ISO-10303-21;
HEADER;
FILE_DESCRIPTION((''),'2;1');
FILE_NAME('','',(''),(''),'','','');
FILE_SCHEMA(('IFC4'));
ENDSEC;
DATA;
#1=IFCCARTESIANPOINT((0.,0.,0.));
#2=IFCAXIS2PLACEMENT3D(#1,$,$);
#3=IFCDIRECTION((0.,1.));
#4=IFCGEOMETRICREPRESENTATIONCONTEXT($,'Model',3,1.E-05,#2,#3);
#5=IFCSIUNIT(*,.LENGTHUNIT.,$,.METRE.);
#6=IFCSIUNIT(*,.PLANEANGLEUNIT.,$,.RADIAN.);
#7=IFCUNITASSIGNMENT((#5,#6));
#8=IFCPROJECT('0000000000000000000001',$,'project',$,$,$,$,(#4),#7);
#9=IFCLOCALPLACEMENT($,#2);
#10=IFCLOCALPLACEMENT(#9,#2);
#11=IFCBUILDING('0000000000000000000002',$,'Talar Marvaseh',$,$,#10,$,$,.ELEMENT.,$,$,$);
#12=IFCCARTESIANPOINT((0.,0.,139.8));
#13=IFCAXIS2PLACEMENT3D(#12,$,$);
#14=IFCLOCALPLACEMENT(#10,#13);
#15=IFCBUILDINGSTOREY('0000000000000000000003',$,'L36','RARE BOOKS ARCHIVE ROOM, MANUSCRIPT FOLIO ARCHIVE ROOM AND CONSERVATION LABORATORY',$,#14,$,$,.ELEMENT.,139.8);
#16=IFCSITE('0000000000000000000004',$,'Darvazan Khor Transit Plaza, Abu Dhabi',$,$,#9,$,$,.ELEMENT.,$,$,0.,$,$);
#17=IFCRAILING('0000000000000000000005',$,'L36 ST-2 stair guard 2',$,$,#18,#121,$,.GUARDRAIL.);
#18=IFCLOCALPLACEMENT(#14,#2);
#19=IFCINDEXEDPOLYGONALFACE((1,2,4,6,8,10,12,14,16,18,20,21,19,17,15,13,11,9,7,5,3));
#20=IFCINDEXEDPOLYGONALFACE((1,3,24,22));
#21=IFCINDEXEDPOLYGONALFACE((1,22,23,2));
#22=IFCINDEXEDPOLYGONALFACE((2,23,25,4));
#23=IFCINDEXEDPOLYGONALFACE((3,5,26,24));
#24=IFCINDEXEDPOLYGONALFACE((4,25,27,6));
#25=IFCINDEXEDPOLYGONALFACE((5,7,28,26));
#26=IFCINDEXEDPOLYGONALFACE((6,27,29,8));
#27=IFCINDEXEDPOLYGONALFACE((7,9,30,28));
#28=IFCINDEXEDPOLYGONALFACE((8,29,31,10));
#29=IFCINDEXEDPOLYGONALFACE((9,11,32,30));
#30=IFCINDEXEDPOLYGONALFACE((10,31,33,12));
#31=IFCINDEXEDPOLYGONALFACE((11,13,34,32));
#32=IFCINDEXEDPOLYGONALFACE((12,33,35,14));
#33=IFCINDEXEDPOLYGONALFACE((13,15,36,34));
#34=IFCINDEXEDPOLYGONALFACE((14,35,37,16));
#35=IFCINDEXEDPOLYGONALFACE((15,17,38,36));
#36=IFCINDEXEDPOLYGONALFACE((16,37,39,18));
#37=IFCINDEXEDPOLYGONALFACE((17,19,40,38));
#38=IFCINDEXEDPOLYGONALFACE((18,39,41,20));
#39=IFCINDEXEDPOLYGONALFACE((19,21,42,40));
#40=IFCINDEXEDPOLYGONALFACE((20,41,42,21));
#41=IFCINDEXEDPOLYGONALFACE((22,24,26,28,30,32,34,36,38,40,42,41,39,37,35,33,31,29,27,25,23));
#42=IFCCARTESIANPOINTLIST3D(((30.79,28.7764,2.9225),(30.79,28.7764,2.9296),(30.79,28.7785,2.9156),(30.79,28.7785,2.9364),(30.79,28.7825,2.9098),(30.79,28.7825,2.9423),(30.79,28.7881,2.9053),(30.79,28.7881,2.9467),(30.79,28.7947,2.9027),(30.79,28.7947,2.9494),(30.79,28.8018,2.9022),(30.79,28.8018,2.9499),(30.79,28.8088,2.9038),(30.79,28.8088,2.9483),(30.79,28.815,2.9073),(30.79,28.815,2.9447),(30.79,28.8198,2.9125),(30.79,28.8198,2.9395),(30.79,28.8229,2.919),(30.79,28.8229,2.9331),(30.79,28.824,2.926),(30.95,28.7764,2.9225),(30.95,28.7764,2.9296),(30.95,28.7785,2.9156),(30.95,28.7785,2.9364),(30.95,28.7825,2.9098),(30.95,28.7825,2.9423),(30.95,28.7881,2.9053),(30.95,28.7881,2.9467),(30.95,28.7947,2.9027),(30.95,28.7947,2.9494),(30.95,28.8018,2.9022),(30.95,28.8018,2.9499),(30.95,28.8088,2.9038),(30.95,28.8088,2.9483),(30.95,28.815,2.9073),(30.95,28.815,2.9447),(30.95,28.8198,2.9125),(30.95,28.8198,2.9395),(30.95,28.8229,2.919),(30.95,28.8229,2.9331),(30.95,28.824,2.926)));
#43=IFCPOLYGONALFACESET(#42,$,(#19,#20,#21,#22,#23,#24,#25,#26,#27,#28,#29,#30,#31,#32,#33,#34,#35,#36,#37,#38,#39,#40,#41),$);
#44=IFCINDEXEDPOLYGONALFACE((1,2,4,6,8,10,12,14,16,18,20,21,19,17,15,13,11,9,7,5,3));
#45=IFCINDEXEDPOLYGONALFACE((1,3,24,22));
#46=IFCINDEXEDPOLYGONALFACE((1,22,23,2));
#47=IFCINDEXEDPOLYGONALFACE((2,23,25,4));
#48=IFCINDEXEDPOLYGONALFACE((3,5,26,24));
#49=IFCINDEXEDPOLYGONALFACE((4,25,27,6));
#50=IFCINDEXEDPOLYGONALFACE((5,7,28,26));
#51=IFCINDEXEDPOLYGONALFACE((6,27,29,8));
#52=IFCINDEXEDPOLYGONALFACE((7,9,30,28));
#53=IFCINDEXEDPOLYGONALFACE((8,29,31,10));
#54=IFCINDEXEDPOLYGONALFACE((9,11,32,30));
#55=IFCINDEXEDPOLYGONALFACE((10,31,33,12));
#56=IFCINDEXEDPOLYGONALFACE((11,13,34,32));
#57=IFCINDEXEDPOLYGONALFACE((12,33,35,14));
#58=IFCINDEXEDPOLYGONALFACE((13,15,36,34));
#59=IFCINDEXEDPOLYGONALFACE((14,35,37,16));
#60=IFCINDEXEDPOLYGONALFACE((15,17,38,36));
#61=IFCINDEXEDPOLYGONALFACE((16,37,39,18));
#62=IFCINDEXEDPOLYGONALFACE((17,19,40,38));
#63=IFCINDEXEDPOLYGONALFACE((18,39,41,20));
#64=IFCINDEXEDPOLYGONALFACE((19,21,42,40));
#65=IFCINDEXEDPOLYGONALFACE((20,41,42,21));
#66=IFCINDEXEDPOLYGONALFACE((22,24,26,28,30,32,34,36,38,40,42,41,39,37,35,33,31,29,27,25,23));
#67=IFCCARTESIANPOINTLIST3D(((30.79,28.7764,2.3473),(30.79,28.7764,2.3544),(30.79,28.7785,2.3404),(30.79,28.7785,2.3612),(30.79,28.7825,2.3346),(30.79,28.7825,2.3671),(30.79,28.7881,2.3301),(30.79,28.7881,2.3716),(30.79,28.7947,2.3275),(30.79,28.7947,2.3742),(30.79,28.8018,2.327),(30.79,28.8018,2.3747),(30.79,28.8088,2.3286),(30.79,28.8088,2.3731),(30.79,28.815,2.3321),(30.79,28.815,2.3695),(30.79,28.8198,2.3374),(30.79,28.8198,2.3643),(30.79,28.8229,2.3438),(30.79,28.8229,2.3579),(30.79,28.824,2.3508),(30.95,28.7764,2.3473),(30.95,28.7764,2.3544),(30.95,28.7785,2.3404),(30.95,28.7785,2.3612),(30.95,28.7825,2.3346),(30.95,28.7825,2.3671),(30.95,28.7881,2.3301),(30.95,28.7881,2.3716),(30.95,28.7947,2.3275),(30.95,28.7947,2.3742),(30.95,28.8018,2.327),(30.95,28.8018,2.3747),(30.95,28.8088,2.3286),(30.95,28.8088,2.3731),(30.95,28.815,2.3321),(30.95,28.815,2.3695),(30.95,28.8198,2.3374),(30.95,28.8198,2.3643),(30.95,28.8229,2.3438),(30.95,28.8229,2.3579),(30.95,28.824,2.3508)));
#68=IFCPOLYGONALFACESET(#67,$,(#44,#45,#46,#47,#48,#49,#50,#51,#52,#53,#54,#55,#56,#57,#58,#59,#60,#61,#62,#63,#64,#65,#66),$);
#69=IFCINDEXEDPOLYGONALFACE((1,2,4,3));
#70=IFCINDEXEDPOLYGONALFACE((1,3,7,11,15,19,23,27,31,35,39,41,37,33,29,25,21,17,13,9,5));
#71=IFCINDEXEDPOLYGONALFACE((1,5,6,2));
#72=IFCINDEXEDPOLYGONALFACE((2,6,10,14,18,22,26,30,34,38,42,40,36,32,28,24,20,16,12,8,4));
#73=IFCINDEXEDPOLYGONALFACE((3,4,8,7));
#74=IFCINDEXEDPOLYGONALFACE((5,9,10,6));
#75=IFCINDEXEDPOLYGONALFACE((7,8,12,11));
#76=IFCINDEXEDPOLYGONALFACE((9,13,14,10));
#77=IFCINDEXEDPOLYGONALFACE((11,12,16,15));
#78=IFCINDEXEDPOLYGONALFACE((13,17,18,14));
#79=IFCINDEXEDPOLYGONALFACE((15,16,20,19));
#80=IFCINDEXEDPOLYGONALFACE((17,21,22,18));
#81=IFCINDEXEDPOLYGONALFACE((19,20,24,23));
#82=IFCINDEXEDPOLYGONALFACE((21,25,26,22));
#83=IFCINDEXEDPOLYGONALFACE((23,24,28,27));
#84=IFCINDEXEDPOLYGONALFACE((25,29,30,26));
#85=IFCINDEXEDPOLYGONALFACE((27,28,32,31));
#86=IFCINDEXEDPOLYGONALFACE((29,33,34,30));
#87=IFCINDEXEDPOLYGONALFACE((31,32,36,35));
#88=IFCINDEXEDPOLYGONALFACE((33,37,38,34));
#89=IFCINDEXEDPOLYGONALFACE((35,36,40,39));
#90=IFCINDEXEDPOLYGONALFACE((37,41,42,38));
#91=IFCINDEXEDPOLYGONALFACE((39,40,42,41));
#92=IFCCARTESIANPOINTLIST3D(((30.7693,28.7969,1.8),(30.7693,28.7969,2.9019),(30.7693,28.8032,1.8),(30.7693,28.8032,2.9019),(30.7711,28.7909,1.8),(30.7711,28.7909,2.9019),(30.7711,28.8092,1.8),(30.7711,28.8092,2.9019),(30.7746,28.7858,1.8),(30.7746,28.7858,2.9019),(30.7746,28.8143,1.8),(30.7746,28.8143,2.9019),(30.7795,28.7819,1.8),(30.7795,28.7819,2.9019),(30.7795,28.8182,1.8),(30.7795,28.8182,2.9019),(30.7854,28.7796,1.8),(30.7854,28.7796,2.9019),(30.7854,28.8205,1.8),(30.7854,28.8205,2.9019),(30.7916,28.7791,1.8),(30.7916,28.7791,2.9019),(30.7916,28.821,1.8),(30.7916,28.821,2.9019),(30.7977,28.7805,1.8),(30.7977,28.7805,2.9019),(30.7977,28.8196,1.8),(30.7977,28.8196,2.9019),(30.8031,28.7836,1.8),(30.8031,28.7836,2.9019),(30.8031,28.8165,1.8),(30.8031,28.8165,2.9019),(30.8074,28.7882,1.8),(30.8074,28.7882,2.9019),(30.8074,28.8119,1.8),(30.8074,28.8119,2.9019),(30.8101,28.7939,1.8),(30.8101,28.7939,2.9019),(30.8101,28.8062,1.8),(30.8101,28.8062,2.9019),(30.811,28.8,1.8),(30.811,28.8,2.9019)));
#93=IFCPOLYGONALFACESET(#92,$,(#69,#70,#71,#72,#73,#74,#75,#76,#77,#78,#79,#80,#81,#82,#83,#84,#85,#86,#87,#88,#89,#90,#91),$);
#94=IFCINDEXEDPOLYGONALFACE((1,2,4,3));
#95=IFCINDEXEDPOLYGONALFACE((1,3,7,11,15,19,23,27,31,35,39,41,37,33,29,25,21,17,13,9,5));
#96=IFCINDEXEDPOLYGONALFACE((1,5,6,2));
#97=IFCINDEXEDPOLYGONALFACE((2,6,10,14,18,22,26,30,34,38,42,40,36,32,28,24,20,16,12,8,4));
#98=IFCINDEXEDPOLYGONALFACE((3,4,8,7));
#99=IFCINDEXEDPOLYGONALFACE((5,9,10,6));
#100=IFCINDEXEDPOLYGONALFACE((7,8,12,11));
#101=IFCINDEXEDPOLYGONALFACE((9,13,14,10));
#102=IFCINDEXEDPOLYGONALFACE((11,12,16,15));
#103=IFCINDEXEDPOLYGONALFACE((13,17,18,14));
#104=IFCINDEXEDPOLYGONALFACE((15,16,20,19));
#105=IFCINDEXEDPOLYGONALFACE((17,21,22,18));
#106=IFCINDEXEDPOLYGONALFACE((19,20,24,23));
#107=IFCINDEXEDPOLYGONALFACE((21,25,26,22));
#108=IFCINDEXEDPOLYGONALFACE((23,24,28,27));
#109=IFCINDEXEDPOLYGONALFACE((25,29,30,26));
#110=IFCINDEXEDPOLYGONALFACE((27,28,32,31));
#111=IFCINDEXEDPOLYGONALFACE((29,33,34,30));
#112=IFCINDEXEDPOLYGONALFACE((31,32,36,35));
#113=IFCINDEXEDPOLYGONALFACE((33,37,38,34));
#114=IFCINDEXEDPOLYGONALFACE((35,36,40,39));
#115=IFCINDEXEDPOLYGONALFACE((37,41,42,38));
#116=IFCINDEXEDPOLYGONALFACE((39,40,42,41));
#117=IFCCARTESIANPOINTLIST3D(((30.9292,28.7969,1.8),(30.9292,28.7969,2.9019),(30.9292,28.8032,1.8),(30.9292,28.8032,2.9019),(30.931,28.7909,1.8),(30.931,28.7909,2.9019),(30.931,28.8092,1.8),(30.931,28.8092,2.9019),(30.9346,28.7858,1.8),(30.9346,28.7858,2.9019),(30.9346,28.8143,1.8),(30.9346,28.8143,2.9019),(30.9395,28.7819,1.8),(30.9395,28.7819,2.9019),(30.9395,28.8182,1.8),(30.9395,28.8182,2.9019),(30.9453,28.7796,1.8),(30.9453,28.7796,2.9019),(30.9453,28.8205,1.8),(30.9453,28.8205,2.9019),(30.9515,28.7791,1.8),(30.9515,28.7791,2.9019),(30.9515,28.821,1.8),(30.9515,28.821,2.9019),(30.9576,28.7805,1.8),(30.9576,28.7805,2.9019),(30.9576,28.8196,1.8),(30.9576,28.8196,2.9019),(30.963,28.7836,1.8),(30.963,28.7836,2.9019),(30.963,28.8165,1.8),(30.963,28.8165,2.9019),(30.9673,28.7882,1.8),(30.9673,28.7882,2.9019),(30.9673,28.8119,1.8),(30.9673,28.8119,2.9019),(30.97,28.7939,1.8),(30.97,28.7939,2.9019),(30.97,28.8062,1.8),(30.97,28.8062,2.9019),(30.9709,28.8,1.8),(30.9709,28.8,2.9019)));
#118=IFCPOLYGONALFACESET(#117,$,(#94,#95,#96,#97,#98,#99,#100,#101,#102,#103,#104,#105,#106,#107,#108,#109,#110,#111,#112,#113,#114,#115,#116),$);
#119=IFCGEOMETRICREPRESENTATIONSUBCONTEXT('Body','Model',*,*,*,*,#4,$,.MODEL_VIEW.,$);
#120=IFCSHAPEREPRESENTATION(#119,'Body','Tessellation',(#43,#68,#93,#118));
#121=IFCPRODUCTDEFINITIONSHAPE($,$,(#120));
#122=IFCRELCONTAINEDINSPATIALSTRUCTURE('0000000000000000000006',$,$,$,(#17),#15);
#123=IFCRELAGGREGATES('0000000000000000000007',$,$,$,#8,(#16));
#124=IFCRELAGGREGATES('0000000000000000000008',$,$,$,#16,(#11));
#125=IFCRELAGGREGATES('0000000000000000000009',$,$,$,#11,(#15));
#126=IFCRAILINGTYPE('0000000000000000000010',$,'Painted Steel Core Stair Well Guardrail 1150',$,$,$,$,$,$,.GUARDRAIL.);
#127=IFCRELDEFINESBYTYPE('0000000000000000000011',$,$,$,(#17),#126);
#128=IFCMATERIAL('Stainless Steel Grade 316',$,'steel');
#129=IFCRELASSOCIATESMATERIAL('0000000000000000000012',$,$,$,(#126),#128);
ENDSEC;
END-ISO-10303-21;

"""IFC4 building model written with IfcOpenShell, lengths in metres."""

from ifc_helpers import new_model, si_unit, direction, frame, origin, origin_2d, place, context, subcontext, project, spatial, circle, extrude, material, type_object, element, save


model = new_model("IFC4")

# Units and contexts
model_context = context("Model", 3, precision=1e-05, world=origin(), true_north=direction((0.0, 1.0)))
body_context = subcontext(model_context, "Body", "Model", "MODEL_VIEW")
ifc_project = project(units=[si_unit("LENGTHUNIT", "METRE"), si_unit("PLANEANGLEUNIT", "RADIAN")], contexts=[model_context])

# Site, building, storey
site_placement = place(None, origin())
site = spatial("IfcSite", under=ifc_project, at=site_placement, Name="Darvazan Khor Transit Plaza, Abu Dhabi", CompositionType="ELEMENT", RefElevation=0.0)
building_placement = place(site_placement, origin())
building = spatial("IfcBuilding", under=site, at=building_placement, Name="Talar Marvaseh", CompositionType="ELEMENT")
storey_placement = place(building_placement, frame((0.0, 0.0, 139.8)))
storey = spatial("IfcBuildingStorey", under=building, at=storey_placement, Name="L36", Description="RARE BOOKS ARCHIVE ROOM, MANUSCRIPT FOLIO ARCHIVE ROOM AND CONSERVATION LABORATORY", CompositionType="ELEMENT", Elevation=139.8)

# Shared definitions
ifc_material_1 = material(Name="Stainless Steel Grade 316", Category="steel")

# Railing
railing_type_1 = type_object("IfcRailingType", Name="Painted Steel Core Stair Well Guardrail 1150", PredefinedType="GUARDRAIL", material=ifc_material_1)
railing_1_placement = place(storey_placement, frame((30.79, 28.8, 1.8)))
element("IfcRailing", 1, at=railing_1_placement, inside=storey, type_object=railing_type_1, Name="L36 ST-2 stair guard 2", PredefinedType="GUARDRAIL", context=body_context, shape_type="SweptSolid", body=[
    extrude(circle(Radius=0.0239, at=origin_2d()), frame((0.0, 0.0, 1.126), z_axis=(1.0, 0.0, 0.0), x_axis=(0.0, 1.0, 0.0)), (0.0, 0.0, 1.0), 0.1599),
    extrude(circle(Radius=0.0239, at=origin_2d()), frame((0.0, 0.0, 0.5508), z_axis=(1.0, 0.0, 0.0), x_axis=(0.0, 1.0, 0.0)), (0.0, 0.0, 1.0), 0.1599),
    extrude(circle(Radius=0.021, at=origin_2d()), origin(), (0.0, 0.0, 1.0), 1.1018),
    extrude(circle(Radius=0.021, at=origin_2d()), frame((0.1599, 0.0, 0.0)), (0.0, 0.0, 1.0), 1.1018),
])

save(model, "model.ifc")
